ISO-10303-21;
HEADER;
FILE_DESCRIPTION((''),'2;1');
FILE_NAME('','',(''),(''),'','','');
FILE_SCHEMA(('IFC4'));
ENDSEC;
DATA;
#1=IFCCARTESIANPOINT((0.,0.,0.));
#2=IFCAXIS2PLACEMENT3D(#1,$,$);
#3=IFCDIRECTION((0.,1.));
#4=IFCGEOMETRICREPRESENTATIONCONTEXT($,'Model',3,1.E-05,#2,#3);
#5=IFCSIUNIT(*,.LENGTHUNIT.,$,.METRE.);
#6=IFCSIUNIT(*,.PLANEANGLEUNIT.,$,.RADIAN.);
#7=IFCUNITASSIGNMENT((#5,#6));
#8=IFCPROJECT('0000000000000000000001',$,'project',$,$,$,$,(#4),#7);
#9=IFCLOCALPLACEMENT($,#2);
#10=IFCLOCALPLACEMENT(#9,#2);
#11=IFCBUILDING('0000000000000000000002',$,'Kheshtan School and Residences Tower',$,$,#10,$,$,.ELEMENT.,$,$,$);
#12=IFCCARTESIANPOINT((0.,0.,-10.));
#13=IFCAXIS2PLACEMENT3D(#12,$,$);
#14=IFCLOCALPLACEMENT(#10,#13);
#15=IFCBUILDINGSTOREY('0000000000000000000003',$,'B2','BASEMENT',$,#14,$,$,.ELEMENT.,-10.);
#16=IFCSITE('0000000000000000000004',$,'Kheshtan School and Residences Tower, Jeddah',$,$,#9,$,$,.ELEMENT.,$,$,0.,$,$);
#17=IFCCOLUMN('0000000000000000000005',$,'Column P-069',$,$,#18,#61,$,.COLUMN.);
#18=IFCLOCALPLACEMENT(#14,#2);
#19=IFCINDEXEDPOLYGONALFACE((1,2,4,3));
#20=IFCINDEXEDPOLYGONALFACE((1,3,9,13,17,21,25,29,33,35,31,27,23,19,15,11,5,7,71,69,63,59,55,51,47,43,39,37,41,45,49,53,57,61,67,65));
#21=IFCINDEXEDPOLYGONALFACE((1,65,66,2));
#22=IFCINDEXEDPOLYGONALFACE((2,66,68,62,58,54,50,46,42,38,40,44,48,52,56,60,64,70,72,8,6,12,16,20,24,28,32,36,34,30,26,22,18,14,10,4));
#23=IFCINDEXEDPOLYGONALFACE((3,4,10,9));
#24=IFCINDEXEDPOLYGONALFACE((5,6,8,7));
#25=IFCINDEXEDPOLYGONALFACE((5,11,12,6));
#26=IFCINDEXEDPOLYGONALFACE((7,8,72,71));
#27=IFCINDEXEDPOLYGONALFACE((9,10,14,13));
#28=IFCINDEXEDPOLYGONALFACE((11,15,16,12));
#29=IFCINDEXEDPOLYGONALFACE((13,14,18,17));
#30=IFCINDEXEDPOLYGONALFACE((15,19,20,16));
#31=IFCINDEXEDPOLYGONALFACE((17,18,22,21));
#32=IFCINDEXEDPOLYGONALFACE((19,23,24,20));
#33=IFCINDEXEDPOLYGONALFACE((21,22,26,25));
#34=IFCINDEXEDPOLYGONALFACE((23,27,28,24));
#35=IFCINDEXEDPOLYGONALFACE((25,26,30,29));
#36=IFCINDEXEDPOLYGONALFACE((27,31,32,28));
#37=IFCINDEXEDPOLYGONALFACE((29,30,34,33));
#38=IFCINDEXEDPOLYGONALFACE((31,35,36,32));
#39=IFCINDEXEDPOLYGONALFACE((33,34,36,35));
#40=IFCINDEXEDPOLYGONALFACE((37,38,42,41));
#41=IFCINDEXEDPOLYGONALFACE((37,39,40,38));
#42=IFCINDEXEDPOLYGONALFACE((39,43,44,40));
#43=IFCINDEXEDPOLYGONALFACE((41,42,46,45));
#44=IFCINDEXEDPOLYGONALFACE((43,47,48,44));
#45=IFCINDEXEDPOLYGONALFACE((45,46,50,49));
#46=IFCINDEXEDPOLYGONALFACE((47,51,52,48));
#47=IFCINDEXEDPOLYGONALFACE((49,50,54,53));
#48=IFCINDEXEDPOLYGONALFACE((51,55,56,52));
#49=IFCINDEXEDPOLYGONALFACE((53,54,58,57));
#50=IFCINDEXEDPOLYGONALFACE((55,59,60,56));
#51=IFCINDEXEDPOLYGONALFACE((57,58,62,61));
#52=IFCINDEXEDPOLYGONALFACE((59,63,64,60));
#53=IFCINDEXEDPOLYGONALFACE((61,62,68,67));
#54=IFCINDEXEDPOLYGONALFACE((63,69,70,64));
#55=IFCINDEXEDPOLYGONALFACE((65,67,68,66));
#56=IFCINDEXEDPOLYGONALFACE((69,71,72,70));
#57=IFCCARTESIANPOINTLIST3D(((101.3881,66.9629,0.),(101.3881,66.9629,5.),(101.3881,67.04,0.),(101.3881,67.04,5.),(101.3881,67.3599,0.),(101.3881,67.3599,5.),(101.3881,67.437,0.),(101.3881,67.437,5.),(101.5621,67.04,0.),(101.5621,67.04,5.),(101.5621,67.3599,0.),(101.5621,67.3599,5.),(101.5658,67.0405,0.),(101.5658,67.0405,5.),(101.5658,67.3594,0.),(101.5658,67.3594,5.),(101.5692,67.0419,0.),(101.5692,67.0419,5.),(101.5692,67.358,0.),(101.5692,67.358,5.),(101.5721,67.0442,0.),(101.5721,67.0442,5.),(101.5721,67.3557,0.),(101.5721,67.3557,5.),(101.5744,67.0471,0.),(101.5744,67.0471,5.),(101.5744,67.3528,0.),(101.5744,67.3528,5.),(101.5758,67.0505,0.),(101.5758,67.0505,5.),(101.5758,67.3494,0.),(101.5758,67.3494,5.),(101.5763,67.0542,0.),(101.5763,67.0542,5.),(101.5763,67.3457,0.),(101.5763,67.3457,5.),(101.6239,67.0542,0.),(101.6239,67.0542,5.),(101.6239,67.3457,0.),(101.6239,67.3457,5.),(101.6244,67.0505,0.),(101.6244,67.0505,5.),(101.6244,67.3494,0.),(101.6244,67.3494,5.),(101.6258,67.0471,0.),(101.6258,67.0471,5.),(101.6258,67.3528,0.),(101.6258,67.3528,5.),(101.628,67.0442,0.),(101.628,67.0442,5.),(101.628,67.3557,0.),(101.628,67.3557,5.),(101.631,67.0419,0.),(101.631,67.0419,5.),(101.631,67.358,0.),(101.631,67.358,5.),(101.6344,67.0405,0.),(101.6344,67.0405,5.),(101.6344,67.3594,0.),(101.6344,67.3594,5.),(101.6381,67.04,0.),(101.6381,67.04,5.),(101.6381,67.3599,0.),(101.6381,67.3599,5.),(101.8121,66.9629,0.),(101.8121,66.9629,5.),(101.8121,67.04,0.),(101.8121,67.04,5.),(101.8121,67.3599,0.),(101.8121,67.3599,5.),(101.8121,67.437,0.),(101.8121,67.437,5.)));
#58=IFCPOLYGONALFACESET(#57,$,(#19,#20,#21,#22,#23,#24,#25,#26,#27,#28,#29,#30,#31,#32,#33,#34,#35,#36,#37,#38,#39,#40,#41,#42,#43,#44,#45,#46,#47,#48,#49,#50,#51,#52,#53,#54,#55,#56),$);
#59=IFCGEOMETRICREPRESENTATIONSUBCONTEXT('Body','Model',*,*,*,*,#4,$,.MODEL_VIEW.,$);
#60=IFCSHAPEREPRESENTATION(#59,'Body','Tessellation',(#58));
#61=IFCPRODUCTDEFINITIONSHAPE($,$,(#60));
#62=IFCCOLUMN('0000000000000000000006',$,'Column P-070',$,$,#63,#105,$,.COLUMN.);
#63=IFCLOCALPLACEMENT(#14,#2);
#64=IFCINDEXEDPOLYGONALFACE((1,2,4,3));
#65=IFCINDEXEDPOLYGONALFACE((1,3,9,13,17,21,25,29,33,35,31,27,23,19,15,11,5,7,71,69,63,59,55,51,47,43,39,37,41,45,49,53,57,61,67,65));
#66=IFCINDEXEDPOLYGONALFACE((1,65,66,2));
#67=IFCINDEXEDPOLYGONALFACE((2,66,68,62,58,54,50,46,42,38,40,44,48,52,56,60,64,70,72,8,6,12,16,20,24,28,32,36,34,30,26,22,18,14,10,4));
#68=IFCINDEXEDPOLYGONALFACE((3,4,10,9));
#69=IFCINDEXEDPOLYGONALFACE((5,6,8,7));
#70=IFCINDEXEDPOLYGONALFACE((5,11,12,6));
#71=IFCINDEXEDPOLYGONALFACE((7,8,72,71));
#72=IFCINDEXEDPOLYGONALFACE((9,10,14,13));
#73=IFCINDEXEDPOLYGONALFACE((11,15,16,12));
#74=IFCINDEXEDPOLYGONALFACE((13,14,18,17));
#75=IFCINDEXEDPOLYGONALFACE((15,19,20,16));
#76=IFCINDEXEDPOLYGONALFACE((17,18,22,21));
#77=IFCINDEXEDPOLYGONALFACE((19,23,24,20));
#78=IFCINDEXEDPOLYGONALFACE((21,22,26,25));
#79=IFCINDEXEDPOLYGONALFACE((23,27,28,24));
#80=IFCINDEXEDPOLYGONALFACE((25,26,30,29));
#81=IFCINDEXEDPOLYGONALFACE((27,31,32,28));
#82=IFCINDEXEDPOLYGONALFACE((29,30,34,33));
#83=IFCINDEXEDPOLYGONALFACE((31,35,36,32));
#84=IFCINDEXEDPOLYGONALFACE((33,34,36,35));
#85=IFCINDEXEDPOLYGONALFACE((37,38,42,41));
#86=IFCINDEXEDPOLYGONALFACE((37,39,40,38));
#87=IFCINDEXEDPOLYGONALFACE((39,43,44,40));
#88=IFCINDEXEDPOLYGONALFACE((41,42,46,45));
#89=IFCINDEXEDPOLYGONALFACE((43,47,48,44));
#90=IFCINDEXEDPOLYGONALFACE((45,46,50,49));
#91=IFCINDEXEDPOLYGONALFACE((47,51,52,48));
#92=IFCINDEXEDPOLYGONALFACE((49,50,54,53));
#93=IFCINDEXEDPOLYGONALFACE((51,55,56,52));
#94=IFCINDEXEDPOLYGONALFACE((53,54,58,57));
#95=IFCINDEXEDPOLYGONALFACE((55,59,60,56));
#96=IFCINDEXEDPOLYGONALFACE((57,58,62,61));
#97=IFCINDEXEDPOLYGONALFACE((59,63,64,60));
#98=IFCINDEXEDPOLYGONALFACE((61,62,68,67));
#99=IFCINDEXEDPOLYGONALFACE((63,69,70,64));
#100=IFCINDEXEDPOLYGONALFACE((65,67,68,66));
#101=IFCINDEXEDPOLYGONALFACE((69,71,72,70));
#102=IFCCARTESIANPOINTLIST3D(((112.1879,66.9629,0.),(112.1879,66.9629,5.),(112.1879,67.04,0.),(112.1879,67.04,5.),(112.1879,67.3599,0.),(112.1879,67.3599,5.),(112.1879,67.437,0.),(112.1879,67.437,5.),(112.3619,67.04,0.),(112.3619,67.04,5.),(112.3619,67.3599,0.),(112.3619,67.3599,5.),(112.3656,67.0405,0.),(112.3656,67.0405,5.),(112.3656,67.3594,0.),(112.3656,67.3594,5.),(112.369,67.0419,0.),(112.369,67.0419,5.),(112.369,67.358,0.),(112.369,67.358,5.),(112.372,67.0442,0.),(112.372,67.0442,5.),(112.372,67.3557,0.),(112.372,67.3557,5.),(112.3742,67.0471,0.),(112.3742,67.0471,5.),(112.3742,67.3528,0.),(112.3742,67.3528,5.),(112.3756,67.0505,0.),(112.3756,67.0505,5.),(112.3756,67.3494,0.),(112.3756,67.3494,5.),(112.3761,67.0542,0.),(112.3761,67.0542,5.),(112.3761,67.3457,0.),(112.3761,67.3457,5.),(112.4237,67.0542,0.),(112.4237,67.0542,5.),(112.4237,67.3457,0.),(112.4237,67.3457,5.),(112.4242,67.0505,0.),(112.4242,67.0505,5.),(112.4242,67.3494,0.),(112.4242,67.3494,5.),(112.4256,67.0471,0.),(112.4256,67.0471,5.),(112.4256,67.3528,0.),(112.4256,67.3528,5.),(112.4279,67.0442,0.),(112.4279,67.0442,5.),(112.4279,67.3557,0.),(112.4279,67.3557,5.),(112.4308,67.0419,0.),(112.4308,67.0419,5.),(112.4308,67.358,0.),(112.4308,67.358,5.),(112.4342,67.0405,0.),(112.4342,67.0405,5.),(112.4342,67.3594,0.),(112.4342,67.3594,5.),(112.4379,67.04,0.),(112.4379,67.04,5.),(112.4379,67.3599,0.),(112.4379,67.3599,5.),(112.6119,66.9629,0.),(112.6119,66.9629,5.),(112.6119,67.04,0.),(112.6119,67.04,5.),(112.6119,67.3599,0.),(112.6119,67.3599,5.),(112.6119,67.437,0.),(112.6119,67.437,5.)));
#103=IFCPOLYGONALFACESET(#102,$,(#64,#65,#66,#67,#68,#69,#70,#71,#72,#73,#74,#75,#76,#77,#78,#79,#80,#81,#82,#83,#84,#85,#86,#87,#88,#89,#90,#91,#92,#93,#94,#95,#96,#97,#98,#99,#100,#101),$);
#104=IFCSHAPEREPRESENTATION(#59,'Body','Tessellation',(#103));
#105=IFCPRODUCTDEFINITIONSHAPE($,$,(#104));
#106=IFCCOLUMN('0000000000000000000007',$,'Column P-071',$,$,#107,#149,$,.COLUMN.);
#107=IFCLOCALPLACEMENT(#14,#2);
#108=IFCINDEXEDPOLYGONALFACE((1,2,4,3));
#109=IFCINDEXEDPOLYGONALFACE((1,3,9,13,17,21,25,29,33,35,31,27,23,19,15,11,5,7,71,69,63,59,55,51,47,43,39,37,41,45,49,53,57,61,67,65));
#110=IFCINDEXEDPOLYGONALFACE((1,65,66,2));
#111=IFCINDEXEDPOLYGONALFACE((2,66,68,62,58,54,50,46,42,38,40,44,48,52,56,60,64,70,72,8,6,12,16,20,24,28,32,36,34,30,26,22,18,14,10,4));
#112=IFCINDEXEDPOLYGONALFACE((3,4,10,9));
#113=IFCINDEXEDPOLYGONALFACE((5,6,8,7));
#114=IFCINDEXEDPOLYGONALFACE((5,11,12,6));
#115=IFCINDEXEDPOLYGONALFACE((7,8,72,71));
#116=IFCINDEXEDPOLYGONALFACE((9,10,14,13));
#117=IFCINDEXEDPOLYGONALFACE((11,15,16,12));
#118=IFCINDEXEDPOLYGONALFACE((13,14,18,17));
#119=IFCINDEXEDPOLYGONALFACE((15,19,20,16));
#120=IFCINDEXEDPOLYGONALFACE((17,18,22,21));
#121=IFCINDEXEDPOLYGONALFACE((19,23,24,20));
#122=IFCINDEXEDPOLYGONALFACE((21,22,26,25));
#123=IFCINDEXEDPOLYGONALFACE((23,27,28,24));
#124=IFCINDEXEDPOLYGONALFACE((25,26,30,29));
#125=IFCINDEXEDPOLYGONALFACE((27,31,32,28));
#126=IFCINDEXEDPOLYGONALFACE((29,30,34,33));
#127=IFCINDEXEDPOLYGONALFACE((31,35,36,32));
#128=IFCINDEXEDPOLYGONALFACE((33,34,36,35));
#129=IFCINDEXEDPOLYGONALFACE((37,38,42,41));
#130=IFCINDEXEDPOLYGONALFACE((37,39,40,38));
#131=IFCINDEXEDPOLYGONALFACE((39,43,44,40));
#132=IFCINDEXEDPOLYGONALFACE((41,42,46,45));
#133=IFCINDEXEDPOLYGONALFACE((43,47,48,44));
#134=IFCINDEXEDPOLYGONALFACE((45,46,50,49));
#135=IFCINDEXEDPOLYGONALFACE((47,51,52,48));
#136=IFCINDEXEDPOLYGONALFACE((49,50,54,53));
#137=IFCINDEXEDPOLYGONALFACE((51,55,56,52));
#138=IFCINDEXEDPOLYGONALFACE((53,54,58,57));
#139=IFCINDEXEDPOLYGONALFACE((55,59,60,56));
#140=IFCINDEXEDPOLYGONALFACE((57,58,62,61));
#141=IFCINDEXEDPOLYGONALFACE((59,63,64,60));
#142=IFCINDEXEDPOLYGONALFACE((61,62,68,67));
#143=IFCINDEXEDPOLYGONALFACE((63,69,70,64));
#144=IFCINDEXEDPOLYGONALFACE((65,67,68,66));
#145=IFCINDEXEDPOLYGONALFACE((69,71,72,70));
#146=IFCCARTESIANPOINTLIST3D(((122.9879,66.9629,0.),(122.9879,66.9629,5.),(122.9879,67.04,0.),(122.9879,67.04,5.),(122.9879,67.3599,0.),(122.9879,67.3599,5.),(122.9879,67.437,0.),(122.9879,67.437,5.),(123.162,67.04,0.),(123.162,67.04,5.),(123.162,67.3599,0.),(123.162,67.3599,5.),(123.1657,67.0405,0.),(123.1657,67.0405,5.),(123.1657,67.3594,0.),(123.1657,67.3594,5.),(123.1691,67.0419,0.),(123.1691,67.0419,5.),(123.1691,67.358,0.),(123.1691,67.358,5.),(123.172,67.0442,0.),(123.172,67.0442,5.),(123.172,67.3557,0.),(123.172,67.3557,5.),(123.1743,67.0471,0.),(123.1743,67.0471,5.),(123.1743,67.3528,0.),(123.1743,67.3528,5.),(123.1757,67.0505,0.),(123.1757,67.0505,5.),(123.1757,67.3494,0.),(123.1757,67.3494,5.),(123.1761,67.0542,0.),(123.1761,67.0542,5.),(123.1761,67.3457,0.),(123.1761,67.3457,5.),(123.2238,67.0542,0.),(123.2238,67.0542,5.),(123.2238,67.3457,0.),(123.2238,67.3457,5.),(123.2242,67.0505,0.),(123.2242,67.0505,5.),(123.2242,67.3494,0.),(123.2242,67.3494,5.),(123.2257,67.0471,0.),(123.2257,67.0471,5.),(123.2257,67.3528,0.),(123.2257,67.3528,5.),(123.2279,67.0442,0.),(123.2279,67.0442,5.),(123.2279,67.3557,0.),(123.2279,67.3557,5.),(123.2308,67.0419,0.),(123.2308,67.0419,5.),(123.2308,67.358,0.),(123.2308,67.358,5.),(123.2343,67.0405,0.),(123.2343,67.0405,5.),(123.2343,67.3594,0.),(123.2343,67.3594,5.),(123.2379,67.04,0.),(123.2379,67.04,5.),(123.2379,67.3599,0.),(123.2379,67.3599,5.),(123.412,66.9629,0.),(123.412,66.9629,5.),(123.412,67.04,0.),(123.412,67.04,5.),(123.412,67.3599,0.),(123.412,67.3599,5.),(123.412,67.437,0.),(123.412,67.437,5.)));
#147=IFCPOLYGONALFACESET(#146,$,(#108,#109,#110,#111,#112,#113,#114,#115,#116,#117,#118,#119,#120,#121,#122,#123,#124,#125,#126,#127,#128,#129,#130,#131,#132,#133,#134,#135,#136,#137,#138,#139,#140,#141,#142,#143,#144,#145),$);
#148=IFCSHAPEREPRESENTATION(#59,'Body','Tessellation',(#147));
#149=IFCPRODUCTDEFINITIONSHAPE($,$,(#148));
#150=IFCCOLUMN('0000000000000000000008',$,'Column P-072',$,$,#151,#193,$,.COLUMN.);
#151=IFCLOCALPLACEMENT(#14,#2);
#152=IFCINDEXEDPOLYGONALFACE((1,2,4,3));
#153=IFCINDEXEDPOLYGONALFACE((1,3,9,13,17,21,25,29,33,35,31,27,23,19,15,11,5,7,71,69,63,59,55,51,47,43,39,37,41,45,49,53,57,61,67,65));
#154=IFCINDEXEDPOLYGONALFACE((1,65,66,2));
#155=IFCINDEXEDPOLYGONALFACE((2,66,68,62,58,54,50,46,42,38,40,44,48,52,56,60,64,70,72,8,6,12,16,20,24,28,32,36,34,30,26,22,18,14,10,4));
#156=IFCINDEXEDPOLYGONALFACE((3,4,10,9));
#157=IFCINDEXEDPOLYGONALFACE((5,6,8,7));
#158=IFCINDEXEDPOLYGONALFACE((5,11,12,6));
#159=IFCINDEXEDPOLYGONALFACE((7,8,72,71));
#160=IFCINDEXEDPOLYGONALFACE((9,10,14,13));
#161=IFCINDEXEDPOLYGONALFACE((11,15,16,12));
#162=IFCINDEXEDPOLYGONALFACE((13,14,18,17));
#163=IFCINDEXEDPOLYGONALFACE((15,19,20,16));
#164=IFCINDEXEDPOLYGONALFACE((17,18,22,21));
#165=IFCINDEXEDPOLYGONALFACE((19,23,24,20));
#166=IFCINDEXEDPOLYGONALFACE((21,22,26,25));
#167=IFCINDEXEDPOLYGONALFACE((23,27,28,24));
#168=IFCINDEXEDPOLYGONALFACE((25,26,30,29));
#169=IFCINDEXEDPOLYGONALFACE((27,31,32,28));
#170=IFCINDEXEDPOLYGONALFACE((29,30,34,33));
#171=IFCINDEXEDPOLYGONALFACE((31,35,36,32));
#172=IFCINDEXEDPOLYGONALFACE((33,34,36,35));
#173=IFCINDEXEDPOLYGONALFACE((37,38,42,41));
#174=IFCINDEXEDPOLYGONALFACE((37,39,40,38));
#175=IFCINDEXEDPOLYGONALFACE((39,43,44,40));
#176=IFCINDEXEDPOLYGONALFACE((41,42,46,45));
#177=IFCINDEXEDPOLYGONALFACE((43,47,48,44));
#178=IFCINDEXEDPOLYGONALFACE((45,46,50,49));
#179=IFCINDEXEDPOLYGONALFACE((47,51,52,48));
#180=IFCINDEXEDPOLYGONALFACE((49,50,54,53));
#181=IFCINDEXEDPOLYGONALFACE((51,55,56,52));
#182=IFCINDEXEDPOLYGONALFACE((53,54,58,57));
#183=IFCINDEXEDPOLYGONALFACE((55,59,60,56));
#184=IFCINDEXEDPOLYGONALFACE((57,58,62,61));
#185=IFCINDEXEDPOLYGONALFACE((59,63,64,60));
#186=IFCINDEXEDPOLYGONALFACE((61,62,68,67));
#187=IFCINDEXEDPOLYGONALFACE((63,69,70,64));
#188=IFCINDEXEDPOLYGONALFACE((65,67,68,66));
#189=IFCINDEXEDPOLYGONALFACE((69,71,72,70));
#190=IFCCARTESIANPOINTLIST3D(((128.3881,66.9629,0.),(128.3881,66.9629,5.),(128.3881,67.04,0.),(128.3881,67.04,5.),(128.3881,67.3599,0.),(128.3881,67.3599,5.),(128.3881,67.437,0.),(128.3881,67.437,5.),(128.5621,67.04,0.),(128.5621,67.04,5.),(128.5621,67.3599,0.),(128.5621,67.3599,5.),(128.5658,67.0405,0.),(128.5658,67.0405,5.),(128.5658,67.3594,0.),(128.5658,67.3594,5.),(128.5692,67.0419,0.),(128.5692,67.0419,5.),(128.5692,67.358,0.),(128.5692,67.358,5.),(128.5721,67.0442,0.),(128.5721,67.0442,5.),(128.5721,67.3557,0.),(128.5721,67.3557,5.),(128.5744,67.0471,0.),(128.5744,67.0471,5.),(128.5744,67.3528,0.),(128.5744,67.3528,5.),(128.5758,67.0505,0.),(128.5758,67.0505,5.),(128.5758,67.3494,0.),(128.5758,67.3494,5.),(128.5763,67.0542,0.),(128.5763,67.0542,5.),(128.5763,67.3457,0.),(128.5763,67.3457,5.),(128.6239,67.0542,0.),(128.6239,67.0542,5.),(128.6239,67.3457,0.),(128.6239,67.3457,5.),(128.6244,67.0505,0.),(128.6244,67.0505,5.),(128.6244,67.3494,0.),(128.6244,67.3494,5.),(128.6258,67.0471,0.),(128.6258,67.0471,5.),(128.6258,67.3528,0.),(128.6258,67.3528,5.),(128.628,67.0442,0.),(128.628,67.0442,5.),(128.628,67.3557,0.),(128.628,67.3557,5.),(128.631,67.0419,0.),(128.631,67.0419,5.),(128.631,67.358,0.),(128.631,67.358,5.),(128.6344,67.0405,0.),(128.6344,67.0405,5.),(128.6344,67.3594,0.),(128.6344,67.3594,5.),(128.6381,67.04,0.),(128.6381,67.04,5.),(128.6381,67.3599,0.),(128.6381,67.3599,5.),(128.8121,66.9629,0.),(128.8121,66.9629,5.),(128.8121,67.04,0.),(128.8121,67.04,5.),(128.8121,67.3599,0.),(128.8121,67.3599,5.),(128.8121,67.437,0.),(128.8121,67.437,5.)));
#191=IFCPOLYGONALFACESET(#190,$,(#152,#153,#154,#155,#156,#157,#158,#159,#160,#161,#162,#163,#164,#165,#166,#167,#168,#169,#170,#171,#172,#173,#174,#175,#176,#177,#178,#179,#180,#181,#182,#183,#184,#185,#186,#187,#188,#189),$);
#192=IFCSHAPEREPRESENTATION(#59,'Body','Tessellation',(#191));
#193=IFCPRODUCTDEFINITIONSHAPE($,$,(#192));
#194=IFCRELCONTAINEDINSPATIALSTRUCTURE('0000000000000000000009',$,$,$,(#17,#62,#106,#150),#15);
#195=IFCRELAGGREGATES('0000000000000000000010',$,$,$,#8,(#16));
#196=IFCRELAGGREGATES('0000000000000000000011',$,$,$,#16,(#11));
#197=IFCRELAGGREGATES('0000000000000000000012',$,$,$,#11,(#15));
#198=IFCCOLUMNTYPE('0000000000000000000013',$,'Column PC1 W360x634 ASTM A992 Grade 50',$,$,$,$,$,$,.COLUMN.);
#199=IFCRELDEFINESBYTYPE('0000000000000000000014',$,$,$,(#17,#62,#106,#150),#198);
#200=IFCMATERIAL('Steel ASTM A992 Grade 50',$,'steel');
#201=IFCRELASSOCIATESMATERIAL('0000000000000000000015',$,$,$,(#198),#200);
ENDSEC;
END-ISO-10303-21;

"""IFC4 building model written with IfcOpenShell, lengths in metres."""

from ifc_helpers import new_model, si_unit, direction, frame, origin, origin_2d, place, context, subcontext, project, spatial, i_section, extrude, material, material_profile, profile_set, type_object, element, save


model = new_model("IFC4")

# Units and contexts
model_context = context("Model", 3, precision=1e-05, world=origin(), true_north=direction((0.0, 1.0)))
body_context = subcontext(model_context, "Body", "Model", "MODEL_VIEW")
ifc_project = project(units=[si_unit("LENGTHUNIT", "METRE"), si_unit("PLANEANGLEUNIT", "RADIAN")], contexts=[model_context])

# Site, building, storey
site_placement = place(None, origin())
site = spatial("IfcSite", under=ifc_project, at=site_placement, Name="Kheshtan School and Residences Tower, Jeddah", CompositionType="ELEMENT", RefElevation=0.0)
building_placement = place(site_placement, origin())
building = spatial("IfcBuilding", under=site, at=building_placement, Name="Kheshtan School and Residences Tower", CompositionType="ELEMENT")
storey_placement = place(building_placement, frame((0.0, 0.0, -10.0)))
storey = spatial("IfcBuildingStorey", under=building, at=storey_placement, Name="B2", Description="BASEMENT", CompositionType="ELEMENT", Elevation=-10.0)

# Columns
ifc_material_1 = material(Name="Steel ASTM A992 Grade 50", Category="steel")
ifc_material_profile = material_profile(ifc_material_1, i_section(OverallWidth=0.4241, OverallDepth=0.4741, WebThickness=0.0476, FlangeThickness=0.0771, FilletRadius=0.0142, at=origin_2d()), Name="W360x634")
ifc_profile_set = profile_set([ifc_material_profile], Name="Steel ASTM A992 Grade 50")
column_type = type_object("IfcColumnType", Name="Column PC1 W360x634 ASTM A992 Grade 50", PredefinedType="COLUMN", material=ifc_profile_set)
for number, where, z_axis, x_axis, name in (
    (1, (101.6001, 67.2, 0.0), (0.0, 0.0, 1.0), (1.0, 0.0, 0.0), "Column P-069"),
    (2, (112.3999, 67.2, 0.0), (0.0, 0.0, 1.0), (1.0, 0.0, 0.0), "Column P-070"),
    (3, (123.2, 67.2, 0.0), (0.0, 0.0, 1.0), (1.0, 0.0, 0.0), "Column P-071"),
    (4, (128.6001, 67.2, 0.0), (0.0, 0.0, 1.0), (1.0, 0.0, 0.0), "Column P-072"),
):
    element("IfcColumn", number, at=place(storey_placement, frame(where, z_axis=z_axis, x_axis=x_axis)), inside=storey, type_object=column_type, Name=name, PredefinedType="COLUMN", context=body_context, shape_type="SweptSolid", body=[
        extrude(i_section(OverallWidth=0.4241, OverallDepth=0.4741, WebThickness=0.0476, FlangeThickness=0.0771, FilletRadius=0.0142, at=origin_2d()), origin(), (0.0, 0.0, 1.0), 5.0),
    ])

save(model, "model.ifc")
